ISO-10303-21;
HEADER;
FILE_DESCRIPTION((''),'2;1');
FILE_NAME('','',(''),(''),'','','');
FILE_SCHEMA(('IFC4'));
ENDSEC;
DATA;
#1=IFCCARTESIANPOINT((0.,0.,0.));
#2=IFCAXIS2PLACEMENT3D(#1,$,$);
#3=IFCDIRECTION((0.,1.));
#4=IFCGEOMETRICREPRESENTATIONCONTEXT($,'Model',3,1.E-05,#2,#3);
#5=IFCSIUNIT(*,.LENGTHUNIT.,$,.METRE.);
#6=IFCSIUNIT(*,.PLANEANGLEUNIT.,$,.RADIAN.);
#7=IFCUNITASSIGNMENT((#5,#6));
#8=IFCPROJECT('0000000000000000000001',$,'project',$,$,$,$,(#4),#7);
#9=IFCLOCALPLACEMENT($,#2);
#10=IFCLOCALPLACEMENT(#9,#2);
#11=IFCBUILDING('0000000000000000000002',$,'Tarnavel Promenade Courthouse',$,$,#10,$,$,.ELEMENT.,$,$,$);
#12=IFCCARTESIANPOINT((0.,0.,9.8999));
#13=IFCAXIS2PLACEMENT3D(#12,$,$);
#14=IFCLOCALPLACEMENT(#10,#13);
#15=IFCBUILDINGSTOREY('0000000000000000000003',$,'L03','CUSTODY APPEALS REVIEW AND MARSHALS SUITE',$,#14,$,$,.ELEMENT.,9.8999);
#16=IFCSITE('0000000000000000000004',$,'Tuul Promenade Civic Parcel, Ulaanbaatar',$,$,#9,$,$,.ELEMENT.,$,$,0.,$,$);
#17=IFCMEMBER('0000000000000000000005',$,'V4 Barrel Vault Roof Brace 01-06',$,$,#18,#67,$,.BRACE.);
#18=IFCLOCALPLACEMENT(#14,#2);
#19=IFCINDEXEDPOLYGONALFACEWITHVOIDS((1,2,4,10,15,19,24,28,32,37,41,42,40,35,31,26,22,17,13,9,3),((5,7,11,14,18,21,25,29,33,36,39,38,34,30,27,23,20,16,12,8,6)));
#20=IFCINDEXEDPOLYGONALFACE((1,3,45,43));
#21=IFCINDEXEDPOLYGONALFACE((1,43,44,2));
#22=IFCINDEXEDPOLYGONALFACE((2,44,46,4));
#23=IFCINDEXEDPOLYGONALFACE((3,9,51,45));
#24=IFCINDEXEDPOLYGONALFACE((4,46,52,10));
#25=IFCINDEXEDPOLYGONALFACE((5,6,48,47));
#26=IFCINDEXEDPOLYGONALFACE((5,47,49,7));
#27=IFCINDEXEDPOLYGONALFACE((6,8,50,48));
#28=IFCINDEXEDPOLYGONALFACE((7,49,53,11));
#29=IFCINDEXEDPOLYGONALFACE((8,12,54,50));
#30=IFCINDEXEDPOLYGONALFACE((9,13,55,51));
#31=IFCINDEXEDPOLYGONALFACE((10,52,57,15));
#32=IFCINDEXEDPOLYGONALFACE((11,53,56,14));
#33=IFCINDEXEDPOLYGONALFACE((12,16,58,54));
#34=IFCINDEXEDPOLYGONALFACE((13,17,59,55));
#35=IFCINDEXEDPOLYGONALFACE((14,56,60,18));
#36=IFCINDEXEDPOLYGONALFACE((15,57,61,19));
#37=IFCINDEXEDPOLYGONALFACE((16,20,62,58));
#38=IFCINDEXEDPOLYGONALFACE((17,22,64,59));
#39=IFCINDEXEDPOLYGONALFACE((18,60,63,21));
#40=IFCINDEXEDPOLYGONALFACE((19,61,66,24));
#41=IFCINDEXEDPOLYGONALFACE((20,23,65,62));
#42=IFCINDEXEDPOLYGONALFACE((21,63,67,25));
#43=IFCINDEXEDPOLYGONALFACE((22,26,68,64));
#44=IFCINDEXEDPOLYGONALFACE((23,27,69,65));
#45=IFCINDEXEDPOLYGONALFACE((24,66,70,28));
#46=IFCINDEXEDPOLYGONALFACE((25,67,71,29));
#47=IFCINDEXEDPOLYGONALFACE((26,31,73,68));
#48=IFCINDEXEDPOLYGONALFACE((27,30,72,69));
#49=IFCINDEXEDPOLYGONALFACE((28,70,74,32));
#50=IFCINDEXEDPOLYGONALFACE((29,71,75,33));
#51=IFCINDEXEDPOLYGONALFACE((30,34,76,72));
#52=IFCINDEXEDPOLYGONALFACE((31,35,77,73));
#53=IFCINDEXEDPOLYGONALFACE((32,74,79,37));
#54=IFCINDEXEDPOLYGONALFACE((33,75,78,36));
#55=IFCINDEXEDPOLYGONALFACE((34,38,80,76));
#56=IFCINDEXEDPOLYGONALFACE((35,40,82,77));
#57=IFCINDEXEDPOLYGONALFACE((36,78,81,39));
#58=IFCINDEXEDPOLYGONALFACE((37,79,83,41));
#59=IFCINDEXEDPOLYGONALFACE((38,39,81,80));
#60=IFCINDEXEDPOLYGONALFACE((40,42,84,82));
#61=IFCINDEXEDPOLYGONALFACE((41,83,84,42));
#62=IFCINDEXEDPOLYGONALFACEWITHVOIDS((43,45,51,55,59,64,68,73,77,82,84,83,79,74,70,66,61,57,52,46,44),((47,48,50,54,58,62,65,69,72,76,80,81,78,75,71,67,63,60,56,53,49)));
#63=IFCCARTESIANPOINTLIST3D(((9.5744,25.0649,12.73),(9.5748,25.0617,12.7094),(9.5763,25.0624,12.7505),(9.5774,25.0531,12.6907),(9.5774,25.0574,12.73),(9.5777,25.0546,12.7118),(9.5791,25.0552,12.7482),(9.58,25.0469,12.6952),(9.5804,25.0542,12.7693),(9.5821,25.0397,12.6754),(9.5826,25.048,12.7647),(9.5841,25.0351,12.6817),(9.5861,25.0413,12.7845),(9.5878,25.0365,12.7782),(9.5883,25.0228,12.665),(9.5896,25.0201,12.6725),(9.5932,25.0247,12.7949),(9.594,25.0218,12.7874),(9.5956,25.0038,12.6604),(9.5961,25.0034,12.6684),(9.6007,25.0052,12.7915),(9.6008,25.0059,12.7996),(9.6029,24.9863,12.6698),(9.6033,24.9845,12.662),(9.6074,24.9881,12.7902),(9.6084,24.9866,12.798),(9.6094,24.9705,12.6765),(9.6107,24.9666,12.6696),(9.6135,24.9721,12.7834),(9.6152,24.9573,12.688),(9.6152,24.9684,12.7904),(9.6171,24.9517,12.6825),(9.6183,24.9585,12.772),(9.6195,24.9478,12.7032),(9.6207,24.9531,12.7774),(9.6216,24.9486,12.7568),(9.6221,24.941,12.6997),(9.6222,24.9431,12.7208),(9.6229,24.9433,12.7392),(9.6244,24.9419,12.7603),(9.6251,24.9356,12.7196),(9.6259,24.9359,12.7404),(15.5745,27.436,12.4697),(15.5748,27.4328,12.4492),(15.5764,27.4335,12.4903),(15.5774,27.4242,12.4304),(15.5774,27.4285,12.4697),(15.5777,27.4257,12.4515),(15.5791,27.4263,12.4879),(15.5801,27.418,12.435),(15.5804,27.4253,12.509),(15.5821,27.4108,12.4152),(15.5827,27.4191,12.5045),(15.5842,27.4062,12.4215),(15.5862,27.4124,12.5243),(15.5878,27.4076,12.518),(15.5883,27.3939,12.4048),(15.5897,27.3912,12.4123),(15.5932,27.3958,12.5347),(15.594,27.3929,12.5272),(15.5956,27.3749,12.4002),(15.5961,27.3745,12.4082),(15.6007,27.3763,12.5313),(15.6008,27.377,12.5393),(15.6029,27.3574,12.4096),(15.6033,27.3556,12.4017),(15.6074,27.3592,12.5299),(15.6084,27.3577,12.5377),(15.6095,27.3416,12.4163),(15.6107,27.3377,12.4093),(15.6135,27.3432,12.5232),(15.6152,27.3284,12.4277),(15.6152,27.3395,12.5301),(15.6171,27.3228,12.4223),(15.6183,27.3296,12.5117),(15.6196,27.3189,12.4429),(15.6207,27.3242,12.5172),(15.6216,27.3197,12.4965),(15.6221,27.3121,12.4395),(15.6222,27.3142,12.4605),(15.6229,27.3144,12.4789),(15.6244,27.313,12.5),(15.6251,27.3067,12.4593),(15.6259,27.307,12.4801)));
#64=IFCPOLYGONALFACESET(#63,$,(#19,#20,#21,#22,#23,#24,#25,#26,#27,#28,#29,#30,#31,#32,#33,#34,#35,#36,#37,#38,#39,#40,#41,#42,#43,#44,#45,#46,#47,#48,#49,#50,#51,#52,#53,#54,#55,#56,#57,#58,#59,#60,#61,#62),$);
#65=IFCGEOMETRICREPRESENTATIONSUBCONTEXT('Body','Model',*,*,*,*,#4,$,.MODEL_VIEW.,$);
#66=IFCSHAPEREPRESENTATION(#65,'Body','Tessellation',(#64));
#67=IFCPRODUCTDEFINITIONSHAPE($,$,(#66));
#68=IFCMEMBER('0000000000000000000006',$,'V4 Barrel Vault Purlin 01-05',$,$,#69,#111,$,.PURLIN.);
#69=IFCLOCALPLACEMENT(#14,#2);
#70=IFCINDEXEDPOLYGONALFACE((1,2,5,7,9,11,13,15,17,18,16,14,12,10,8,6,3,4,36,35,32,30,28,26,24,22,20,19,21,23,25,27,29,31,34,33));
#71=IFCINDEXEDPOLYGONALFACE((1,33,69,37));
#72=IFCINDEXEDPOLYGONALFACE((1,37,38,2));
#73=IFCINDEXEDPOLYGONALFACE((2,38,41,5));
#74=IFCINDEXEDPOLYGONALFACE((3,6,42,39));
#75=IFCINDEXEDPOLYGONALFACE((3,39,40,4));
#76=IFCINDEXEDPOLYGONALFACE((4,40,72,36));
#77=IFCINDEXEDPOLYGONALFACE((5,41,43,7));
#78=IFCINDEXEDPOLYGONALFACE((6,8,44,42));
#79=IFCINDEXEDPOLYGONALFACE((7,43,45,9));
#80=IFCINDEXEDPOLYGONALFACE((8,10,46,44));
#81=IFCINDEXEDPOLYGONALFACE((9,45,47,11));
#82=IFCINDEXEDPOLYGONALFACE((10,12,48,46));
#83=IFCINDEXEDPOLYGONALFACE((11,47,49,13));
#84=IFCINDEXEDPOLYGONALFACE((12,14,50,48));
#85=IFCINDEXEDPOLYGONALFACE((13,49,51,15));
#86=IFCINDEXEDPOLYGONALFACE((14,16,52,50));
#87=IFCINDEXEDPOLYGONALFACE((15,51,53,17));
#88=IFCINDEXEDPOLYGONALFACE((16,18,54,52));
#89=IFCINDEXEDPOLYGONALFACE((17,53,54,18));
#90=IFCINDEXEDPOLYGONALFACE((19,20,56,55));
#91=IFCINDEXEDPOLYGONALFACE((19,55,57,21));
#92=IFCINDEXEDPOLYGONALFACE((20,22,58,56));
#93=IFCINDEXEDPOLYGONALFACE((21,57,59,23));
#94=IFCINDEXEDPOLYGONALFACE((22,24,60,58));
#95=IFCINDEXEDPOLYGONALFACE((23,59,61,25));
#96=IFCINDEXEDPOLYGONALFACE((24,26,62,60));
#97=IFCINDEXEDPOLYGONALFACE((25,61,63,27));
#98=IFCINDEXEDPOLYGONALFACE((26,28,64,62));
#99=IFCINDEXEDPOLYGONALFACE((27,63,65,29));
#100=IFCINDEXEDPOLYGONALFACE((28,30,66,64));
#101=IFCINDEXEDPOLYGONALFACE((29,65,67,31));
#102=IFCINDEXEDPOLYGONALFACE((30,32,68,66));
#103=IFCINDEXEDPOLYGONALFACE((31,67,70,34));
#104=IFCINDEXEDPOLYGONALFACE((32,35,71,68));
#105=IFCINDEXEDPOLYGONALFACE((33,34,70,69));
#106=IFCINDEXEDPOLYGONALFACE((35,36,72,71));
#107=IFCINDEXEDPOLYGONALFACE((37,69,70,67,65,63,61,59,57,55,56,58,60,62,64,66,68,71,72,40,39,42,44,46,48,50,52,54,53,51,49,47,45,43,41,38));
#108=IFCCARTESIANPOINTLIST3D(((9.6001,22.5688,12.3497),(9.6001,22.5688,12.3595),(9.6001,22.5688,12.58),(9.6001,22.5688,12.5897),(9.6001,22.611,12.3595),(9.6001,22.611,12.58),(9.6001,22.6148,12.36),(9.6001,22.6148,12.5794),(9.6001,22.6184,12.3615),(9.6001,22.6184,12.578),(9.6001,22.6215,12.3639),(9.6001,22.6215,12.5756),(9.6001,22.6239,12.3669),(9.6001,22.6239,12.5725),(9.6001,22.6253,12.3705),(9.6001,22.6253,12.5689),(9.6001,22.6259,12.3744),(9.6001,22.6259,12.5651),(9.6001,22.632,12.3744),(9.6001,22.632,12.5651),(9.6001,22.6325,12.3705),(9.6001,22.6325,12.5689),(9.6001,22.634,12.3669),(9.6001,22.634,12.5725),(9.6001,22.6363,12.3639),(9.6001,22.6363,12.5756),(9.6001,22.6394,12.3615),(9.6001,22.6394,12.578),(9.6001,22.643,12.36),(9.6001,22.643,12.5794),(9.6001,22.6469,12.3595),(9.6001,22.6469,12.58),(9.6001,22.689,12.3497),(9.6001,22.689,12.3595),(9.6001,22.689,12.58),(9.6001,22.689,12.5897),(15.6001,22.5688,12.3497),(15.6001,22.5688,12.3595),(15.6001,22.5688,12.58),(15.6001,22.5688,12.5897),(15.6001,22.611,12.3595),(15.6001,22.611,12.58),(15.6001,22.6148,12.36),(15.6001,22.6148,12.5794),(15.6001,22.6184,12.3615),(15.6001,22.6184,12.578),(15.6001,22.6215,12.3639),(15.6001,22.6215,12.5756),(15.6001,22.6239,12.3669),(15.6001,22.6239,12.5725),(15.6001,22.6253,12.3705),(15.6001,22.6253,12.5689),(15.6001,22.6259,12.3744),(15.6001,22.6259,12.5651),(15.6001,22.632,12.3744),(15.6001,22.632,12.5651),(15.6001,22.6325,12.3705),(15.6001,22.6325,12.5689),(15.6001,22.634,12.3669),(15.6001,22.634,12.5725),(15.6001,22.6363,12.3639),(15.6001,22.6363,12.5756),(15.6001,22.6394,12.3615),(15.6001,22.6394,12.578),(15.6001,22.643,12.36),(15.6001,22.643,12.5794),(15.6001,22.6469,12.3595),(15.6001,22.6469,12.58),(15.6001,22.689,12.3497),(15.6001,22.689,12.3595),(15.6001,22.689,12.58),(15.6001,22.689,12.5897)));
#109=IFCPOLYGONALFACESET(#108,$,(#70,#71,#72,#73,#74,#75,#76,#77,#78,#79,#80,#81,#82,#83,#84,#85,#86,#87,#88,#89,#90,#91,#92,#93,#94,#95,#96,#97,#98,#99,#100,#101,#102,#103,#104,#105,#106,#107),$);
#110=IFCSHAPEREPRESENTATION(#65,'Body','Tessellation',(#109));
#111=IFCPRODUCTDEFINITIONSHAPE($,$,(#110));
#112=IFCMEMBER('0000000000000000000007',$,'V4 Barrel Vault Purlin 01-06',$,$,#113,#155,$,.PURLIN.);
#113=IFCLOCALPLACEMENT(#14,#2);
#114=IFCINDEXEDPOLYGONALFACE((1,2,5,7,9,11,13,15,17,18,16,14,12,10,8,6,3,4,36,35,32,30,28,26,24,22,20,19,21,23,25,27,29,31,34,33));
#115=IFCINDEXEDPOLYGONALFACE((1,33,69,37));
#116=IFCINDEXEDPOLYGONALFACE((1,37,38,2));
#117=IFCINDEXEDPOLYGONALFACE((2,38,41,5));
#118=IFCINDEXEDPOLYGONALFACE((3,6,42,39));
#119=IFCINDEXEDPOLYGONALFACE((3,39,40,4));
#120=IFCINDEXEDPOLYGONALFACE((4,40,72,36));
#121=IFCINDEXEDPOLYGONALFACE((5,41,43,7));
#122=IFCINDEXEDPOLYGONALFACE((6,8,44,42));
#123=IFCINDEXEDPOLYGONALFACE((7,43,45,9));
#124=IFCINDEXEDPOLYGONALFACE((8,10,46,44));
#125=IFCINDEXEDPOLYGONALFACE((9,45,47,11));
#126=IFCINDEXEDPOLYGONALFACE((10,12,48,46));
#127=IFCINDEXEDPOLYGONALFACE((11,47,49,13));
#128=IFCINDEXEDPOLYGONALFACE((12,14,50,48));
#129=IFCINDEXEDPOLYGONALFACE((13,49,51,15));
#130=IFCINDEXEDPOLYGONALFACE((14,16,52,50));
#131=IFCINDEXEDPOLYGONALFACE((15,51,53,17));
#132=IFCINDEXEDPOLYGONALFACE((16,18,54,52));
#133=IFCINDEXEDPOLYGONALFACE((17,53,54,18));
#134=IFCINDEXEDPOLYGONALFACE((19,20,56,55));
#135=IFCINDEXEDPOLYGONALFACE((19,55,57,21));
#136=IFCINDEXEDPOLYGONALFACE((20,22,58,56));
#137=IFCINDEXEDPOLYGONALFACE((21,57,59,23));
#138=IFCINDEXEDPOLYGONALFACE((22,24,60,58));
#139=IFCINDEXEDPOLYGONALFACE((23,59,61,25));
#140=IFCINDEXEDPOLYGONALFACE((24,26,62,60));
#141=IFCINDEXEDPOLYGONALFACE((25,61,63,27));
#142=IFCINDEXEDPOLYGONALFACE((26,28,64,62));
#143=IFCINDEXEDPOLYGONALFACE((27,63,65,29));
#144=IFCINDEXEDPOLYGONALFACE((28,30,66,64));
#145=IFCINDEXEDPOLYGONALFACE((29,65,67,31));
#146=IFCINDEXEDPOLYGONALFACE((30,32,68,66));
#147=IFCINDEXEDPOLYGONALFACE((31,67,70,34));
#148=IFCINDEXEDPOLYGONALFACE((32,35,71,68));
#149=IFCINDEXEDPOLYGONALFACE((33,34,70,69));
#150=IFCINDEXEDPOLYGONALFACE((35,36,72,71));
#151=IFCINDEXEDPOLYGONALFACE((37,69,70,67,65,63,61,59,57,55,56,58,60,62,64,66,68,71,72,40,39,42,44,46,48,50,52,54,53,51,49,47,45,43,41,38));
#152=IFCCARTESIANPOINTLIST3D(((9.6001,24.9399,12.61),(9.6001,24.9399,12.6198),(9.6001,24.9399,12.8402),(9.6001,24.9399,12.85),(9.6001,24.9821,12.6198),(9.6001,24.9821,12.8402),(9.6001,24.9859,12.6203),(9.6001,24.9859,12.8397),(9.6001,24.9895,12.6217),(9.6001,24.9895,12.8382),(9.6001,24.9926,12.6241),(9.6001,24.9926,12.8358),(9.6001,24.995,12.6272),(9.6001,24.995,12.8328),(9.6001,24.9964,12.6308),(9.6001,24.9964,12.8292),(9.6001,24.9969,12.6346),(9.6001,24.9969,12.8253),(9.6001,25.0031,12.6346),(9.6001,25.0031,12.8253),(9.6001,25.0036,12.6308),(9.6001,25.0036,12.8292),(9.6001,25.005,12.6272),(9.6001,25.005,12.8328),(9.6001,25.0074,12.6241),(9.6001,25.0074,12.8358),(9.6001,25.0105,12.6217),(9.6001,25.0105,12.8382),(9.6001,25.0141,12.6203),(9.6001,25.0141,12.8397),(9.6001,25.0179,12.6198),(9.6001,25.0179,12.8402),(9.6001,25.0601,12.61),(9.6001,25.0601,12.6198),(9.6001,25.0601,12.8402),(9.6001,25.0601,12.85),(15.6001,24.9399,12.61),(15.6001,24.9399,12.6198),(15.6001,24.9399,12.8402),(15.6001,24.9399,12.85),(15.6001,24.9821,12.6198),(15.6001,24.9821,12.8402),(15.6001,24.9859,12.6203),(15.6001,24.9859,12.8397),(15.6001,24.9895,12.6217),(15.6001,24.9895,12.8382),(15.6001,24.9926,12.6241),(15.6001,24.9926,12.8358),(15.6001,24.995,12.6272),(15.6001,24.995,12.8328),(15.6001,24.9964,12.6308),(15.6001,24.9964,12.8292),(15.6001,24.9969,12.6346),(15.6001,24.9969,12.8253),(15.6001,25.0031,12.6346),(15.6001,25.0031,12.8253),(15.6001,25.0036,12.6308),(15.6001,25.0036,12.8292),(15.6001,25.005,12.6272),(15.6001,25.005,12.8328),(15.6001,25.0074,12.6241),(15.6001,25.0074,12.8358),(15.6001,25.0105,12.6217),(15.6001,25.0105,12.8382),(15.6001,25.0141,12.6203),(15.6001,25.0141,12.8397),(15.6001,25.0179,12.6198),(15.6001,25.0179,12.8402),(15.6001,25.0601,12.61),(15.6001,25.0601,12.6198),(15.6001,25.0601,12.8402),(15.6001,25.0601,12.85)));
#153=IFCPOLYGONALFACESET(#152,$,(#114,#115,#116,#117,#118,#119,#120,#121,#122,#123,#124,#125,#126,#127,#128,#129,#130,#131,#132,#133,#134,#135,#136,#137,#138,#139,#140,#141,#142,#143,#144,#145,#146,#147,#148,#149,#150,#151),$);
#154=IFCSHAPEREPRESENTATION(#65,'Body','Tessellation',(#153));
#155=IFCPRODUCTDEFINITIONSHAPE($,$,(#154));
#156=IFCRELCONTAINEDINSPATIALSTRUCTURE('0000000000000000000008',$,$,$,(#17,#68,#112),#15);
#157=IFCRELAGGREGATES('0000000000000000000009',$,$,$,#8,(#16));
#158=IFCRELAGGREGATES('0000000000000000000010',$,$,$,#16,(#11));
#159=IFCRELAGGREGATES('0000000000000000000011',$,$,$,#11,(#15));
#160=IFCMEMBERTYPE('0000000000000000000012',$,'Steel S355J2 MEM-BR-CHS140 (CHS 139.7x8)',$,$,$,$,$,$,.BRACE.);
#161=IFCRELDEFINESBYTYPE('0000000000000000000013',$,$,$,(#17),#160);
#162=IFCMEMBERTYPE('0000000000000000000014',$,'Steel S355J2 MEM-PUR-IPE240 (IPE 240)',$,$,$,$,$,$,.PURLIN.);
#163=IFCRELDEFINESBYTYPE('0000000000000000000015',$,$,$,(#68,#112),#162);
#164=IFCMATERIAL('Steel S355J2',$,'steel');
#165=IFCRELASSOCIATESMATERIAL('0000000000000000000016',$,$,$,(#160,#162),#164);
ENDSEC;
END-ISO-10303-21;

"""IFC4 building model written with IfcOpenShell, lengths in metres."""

from ifc_helpers import new_model, si_unit, direction, frame, origin, origin_2d, place, context, subcontext, project, spatial, hollow_circle, i_section, extrude, material, material_profile, profile_set, type_object, element, save


model = new_model("IFC4")

# Units and contexts
model_context = context("Model", 3, precision=1e-05, world=origin(), true_north=direction((0.0, 1.0)))
body_context = subcontext(model_context, "Body", "Model", "MODEL_VIEW")
ifc_project = project(units=[si_unit("LENGTHUNIT", "METRE"), si_unit("PLANEANGLEUNIT", "RADIAN")], contexts=[model_context])

# Site, building, storey
site_placement = place(None, origin())
site = spatial("IfcSite", under=ifc_project, at=site_placement, Name="Tuul Promenade Civic Parcel, Ulaanbaatar", CompositionType="ELEMENT", RefElevation=0.0)
building_placement = place(site_placement, origin())
building = spatial("IfcBuilding", under=site, at=building_placement, Name="Tarnavel Promenade Courthouse", CompositionType="ELEMENT")
storey_placement = place(building_placement, frame((0.0, 0.0, 9.8999)))
storey = spatial("IfcBuildingStorey", under=building, at=storey_placement, Name="L03", Description="CUSTODY APPEALS REVIEW AND MARSHALS SUITE", CompositionType="ELEMENT", Elevation=9.8999)

# Shared definitions
ifc_material_1 = material(Name="Steel S355J2", Category="steel")

# Members
ifc_material_profile_1 = material_profile(ifc_material_1, hollow_circle(Radius=0.0698, WallThickness=0.0081, at=origin_2d()), Name="CHS 139.7x8")
ifc_profile_set_1 = profile_set([ifc_material_profile_1], Name="Steel S355J2")
member_type_1 = type_object("IfcMemberType", Name="Steel S355J2 MEM-BR-CHS140 (CHS 139.7x8)", PredefinedType="BRACE", material=ifc_profile_set_1)
for number, where, z_axis, x_axis, name in (
    (1, (9.6001, 25.0, 12.73), (0.929258, 0.367226, -0.040307), (-0.367525, 0.930014, 0.0), "V4 Barrel Vault Roof Brace 01-06"),
):
    element("IfcMember", number, at=place(storey_placement, frame(where, z_axis=z_axis, x_axis=x_axis)), inside=storey, type_object=member_type_1, Name=name, PredefinedType="BRACE", context=body_context, shape_type="SweptSolid", body=[
        extrude(hollow_circle(Radius=0.0698, WallThickness=0.0081, at=origin_2d()), origin(), (0.0, 0.0, 1.0), 6.4568),
    ])
ifc_material_profile_2 = material_profile(ifc_material_1, i_section(OverallWidth=0.1201, OverallDepth=0.24, WebThickness=0.0061, FlangeThickness=0.0098, FilletRadius=0.0149, at=origin_2d()), Name="IPE 240")
ifc_profile_set_2 = profile_set([ifc_material_profile_2], Name="Steel S355J2")
member_type_2 = type_object("IfcMemberType", Name="Steel S355J2 MEM-PUR-IPE240 (IPE 240)", PredefinedType="PURLIN", material=ifc_profile_set_2)
for number, where, z_axis, x_axis, name in (
    (2, (9.6001, 22.6289, 12.4697), (1.0, 0.0, 0.0), (0.0, 1.0, 0.0), "V4 Barrel Vault Purlin 01-05"),
    (3, (9.6001, 25.0, 12.73), (1.0, 0.0, 0.0), (0.0, 1.0, 0.0), "V4 Barrel Vault Purlin 01-06"),
):
    element("IfcMember", number, at=place(storey_placement, frame(where, z_axis=z_axis, x_axis=x_axis)), inside=storey, type_object=member_type_2, Name=name, PredefinedType="PURLIN", context=body_context, shape_type="SweptSolid", body=[
        extrude(i_section(OverallWidth=0.1201, OverallDepth=0.24, WebThickness=0.0061, FlangeThickness=0.0098, FilletRadius=0.0149, at=origin_2d()), origin(), (0.0, 0.0, 1.0), 6.0),
    ])

save(model, "model.ifc")
